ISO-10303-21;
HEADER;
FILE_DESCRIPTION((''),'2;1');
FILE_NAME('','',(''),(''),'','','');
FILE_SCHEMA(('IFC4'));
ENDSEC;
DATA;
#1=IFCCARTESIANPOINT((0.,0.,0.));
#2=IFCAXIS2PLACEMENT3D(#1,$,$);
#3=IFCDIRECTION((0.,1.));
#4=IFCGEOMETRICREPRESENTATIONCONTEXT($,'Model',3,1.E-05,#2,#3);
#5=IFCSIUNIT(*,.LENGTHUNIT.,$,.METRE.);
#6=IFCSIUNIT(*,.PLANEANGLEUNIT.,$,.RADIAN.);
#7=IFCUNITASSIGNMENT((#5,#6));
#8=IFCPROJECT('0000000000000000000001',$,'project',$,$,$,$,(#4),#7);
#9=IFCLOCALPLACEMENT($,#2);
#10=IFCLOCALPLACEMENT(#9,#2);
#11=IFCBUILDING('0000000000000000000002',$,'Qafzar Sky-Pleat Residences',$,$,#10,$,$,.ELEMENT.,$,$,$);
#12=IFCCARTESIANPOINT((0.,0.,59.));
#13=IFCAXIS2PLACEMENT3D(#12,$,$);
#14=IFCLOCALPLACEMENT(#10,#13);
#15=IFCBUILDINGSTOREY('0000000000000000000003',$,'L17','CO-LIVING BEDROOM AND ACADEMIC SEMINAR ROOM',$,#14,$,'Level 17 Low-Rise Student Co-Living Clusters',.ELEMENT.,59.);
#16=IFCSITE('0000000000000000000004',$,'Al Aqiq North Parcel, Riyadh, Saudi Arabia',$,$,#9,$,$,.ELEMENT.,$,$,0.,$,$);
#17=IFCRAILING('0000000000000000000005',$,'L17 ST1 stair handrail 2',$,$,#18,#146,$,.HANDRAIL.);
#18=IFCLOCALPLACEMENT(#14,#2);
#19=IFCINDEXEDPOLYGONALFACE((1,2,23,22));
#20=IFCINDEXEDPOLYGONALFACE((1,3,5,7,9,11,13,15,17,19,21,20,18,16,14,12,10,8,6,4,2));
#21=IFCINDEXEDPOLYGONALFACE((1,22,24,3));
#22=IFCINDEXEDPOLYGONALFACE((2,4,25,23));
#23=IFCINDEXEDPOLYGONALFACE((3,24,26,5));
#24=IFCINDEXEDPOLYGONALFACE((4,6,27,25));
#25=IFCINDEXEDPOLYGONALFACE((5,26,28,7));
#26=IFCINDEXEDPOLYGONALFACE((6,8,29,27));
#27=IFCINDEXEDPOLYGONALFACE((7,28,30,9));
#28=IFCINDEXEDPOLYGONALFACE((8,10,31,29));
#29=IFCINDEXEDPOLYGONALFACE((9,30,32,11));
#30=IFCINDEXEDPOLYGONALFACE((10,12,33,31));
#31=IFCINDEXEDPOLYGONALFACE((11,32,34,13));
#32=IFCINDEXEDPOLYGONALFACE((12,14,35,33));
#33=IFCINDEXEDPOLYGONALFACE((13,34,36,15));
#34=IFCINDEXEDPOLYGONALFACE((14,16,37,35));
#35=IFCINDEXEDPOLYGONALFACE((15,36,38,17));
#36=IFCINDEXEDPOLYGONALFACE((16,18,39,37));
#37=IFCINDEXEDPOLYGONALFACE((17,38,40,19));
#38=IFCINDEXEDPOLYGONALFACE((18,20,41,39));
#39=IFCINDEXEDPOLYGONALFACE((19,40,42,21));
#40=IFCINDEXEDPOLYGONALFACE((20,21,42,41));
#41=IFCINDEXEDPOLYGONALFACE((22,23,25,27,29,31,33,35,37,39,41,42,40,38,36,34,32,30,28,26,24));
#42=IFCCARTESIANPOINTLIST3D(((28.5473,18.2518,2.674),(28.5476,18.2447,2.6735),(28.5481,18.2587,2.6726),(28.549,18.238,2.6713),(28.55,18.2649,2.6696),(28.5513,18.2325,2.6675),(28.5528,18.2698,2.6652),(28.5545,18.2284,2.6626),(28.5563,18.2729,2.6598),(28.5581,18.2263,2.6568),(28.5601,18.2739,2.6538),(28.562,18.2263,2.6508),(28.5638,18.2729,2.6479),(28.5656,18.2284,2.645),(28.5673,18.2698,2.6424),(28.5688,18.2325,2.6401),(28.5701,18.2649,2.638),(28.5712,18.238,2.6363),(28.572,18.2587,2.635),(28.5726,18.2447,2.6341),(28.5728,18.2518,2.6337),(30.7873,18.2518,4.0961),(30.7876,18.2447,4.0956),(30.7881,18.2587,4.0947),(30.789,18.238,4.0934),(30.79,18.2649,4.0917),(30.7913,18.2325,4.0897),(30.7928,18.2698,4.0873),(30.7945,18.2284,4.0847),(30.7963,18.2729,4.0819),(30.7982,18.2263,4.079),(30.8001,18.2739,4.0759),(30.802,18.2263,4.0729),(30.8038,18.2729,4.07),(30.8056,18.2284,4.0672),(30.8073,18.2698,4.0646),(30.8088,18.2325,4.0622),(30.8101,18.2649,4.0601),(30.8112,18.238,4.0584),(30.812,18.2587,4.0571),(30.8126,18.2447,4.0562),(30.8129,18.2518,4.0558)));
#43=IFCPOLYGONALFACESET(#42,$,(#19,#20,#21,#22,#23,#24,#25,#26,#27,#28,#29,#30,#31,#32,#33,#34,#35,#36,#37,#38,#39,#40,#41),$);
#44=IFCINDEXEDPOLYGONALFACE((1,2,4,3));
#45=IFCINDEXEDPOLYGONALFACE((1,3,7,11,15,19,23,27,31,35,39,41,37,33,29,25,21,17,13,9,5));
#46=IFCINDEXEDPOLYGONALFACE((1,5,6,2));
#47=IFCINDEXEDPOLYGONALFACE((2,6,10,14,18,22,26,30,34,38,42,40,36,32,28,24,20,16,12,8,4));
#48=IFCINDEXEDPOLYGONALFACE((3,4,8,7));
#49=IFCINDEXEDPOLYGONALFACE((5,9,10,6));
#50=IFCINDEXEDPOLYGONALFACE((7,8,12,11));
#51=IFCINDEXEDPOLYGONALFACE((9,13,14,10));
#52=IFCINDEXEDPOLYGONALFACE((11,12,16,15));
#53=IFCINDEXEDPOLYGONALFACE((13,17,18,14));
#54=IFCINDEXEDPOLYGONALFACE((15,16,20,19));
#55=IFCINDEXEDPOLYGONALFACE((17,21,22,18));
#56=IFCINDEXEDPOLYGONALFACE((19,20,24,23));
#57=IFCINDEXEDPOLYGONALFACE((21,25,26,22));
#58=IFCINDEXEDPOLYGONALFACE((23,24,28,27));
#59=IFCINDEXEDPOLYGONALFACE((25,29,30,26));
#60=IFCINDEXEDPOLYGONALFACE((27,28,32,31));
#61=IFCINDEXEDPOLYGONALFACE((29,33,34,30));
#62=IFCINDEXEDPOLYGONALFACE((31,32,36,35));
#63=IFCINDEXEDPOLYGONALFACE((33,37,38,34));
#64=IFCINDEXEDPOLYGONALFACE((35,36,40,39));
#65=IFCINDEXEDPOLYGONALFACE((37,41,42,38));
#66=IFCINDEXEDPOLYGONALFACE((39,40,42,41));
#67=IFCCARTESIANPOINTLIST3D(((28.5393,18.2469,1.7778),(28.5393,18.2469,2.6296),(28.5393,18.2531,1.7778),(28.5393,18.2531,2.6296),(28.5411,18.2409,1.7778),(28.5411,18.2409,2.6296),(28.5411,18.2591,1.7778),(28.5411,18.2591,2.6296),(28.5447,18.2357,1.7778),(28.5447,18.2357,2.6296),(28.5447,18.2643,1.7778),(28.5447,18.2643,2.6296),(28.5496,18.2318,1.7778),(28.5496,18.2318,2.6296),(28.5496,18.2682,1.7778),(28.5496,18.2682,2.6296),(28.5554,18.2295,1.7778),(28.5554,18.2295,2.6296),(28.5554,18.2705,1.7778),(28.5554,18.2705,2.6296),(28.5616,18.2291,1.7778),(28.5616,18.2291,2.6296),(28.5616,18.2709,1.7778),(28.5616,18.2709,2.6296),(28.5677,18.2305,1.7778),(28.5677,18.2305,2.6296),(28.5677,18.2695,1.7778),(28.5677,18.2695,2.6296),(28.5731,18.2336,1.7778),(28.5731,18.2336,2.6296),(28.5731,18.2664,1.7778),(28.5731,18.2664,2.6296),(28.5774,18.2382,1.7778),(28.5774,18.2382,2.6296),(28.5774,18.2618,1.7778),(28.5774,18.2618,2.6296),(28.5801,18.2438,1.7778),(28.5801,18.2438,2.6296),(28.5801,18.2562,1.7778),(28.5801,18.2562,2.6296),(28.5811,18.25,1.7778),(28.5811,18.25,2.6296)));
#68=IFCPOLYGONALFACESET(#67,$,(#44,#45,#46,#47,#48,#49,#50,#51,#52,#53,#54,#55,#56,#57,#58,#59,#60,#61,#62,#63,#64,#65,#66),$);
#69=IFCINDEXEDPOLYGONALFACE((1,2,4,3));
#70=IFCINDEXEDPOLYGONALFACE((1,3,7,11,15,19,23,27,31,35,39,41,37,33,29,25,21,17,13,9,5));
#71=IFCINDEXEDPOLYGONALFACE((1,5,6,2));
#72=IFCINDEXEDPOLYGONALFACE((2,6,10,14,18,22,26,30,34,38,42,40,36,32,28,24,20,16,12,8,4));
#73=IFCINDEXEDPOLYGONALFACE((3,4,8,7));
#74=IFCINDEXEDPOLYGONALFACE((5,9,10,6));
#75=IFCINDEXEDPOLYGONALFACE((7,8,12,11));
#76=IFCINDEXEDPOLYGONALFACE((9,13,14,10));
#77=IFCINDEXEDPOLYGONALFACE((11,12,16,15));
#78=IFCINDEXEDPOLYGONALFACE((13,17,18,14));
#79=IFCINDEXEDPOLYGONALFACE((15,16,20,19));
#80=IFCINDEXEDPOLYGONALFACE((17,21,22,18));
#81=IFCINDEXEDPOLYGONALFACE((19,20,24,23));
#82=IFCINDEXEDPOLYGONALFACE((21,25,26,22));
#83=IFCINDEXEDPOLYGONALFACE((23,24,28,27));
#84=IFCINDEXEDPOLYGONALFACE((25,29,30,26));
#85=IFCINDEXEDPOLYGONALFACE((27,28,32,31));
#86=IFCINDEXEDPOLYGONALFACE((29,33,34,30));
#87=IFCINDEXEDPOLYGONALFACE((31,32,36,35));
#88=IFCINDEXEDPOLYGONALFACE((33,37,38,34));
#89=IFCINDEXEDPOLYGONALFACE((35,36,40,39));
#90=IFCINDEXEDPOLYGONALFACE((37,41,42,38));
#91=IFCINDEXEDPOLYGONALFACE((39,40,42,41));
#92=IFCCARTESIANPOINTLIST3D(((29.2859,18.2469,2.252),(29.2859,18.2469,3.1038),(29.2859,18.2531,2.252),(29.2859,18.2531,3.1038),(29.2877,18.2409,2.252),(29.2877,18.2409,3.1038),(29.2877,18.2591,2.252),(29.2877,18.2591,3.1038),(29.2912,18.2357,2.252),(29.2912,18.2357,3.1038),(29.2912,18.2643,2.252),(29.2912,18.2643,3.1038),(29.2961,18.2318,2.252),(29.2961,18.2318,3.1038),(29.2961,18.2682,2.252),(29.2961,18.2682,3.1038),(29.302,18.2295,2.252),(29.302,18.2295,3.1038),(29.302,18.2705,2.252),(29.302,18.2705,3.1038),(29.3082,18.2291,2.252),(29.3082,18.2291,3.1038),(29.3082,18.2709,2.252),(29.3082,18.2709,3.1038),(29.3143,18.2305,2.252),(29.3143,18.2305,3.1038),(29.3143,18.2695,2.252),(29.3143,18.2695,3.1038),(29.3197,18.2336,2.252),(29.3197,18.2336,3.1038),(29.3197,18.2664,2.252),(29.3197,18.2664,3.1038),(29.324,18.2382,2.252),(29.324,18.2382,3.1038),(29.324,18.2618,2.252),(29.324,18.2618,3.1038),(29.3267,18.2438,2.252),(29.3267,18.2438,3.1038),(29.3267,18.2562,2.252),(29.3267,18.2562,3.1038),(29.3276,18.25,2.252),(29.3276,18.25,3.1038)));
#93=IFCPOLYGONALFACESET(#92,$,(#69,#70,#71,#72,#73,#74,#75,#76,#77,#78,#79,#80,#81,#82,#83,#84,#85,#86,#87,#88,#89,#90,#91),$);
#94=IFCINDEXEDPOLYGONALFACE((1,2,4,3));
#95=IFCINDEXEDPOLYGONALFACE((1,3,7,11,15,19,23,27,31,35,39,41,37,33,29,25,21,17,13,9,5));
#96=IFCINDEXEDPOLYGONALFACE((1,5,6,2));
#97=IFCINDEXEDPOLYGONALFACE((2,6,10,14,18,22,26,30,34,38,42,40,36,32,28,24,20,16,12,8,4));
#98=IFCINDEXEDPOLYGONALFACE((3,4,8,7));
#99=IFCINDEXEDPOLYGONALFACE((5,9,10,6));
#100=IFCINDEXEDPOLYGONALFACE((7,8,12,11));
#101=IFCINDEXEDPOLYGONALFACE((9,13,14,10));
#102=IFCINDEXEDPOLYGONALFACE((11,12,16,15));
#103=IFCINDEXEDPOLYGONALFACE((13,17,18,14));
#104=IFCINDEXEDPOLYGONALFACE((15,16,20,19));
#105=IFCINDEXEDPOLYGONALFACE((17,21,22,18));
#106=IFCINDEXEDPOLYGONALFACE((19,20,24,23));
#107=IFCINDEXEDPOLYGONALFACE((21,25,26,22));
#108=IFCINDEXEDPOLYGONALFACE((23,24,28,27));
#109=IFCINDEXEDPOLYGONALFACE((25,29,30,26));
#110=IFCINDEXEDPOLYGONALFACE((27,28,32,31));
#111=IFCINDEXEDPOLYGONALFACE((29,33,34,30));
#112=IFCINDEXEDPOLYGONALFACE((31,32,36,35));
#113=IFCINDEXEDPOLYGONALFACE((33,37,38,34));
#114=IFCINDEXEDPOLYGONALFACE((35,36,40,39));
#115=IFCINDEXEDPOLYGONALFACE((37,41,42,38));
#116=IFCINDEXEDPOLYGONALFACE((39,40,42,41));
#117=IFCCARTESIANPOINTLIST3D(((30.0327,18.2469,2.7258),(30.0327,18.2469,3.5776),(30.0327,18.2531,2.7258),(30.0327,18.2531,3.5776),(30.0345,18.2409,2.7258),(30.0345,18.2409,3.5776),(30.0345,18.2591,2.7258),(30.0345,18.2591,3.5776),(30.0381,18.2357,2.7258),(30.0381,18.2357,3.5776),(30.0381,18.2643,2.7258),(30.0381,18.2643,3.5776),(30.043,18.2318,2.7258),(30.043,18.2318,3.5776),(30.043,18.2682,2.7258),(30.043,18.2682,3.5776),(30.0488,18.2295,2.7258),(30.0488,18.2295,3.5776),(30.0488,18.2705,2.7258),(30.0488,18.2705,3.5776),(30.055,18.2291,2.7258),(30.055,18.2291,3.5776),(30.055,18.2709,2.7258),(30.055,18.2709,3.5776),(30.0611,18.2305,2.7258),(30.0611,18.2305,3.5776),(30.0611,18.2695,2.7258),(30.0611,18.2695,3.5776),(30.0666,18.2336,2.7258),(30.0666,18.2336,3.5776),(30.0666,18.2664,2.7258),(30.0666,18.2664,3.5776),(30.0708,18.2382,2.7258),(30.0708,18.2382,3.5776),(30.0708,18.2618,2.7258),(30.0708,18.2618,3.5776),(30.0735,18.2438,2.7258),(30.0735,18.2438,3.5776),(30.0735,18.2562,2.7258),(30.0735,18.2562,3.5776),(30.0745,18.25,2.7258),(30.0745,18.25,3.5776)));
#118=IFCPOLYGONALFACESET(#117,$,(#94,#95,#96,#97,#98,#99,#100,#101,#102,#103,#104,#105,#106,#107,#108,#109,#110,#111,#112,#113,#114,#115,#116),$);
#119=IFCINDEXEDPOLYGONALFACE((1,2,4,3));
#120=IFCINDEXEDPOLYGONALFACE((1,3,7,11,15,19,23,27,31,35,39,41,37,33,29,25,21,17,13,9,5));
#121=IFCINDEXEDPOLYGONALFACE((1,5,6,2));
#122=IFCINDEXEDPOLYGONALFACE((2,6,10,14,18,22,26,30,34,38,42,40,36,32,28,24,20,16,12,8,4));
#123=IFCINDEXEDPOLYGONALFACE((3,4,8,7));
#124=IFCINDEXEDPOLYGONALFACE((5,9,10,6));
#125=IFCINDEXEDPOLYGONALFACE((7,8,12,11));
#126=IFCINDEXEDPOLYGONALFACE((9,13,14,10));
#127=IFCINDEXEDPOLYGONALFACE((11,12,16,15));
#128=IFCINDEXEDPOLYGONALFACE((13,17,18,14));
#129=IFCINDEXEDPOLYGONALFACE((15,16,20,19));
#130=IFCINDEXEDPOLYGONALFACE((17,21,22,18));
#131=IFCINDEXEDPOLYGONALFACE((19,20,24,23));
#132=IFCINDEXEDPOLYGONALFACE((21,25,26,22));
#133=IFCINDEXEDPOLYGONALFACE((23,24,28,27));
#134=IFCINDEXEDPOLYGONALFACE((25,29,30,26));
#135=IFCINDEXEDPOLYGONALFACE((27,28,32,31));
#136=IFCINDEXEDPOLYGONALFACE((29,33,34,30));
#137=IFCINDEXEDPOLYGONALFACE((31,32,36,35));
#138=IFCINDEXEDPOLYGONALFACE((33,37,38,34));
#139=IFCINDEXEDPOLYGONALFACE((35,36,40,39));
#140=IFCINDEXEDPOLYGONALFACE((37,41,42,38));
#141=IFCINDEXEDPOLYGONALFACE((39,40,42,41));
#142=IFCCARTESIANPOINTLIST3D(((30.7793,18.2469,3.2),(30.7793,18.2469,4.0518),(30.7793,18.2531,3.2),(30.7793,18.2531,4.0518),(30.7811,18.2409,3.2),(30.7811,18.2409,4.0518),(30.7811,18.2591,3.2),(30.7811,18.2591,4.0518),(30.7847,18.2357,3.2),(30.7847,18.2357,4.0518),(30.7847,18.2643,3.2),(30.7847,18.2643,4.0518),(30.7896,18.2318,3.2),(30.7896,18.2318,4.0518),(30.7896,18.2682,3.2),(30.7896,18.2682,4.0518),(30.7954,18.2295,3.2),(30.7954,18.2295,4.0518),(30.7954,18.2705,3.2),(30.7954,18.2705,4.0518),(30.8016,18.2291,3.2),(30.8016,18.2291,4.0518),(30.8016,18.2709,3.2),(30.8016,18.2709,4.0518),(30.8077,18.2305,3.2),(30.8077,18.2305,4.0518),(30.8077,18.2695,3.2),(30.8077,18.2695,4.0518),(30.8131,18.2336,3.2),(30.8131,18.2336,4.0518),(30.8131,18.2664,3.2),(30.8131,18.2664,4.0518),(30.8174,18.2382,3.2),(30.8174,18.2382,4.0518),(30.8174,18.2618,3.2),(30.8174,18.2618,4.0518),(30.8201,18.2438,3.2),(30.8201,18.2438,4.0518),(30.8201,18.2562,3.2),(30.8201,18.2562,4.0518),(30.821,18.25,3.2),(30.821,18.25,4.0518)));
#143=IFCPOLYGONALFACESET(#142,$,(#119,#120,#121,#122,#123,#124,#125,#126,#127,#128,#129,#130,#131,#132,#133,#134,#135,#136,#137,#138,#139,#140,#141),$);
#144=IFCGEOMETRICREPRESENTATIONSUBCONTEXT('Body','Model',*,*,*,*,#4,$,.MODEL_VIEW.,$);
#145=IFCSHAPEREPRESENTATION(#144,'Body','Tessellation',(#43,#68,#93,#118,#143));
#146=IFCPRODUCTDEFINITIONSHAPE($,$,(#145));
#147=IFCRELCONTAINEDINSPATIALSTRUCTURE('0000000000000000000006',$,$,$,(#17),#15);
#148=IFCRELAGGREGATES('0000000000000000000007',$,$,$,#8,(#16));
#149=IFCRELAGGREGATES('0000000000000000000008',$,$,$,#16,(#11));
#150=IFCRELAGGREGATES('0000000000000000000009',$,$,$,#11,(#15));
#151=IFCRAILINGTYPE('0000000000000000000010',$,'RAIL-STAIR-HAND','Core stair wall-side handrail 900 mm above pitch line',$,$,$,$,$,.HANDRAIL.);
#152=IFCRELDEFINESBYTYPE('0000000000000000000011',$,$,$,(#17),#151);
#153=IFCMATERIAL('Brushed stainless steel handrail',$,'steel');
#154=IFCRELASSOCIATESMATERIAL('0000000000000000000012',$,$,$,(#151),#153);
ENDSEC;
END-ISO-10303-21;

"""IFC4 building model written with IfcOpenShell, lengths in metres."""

from ifc_helpers import new_model, si_unit, direction, frame, origin, origin_2d, place, context, subcontext, project, spatial, circle, extrude, source, transform, mapped, material, type_object, element, save


model = new_model("IFC4")

# Units and contexts
model_context = context("Model", 3, precision=1e-05, world=origin(), true_north=direction((0.0, 1.0)))
body_context = subcontext(model_context, "Body", "Model", "MODEL_VIEW")
ifc_project = project(units=[si_unit("LENGTHUNIT", "METRE"), si_unit("PLANEANGLEUNIT", "RADIAN")], contexts=[model_context])

# Site, building, storey
site_placement = place(None, origin())
site = spatial("IfcSite", under=ifc_project, at=site_placement, Name="Al Aqiq North Parcel, Riyadh, Saudi Arabia", CompositionType="ELEMENT", RefElevation=0.0)
building_placement = place(site_placement, origin())
building = spatial("IfcBuilding", under=site, at=building_placement, Name="Qafzar Sky-Pleat Residences", CompositionType="ELEMENT")
storey_placement = place(building_placement, frame((0.0, 0.0, 59.0)))
storey = spatial("IfcBuildingStorey", under=building, at=storey_placement, Name="L17", Description="CO-LIVING BEDROOM AND ACADEMIC SEMINAR ROOM", LongName="Level 17 Low-Rise Student Co-Living Clusters", CompositionType="ELEMENT", Elevation=59.0)

# Railing
ifc_material_1 = material(Name="Brushed stainless steel handrail", Category="steel")
railing_type_1 = type_object("IfcRailingType", Name="RAIL-STAIR-HAND", Description="Core stair wall-side handrail 900 mm above pitch line", PredefinedType="HANDRAIL", material=ifc_material_1)
shared_shape_1 = source(origin(), body_context, "Body", "SweptSolid", [
    extrude(circle(Radius=0.0239, at=origin_2d()), frame((0.0, 0.0, 0.876), z_axis=(0.844229, 0.0, 0.535982), x_axis=(0.0, 1.0, 0.0)), (0.0, 0.0, 1.0), 2.6533),
    extrude(circle(Radius=0.021, at=origin_2d()), origin(), (0.0, 0.0, 1.0), 0.8518),
    extrude(circle(Radius=0.021, at=origin_2d()), frame((0.7466, 0.0, 0.4741)), (0.0, 0.0, 1.0), 0.8518),
    extrude(circle(Radius=0.021, at=origin_2d()), frame((1.4934, 0.0, 0.948)), (0.0, 0.0, 1.0), 0.8518),
    extrude(circle(Radius=0.021, at=origin_2d()), frame((2.24, 0.0, 1.4221)), (0.0, 0.0, 1.0), 0.8518),
])
railing_1_placement = place(storey_placement, frame((28.5601, 18.25, 1.7778)))
element("IfcRailing", 1, at=railing_1_placement, inside=storey, type_object=railing_type_1, Name="L17 ST1 stair handrail 2", PredefinedType="HANDRAIL", context=body_context, shape_type="MappedRepresentation", body=[
    mapped(shared_shape_1, transform((0.0, 0.0, 0.0), x_axis=(1.0, 0.0, 0.0), y_axis=(0.0, 1.0, 0.0), z_axis=(0.0, 0.0, 1.0), scale=1.0)),
])

save(model, "model.ifc")
